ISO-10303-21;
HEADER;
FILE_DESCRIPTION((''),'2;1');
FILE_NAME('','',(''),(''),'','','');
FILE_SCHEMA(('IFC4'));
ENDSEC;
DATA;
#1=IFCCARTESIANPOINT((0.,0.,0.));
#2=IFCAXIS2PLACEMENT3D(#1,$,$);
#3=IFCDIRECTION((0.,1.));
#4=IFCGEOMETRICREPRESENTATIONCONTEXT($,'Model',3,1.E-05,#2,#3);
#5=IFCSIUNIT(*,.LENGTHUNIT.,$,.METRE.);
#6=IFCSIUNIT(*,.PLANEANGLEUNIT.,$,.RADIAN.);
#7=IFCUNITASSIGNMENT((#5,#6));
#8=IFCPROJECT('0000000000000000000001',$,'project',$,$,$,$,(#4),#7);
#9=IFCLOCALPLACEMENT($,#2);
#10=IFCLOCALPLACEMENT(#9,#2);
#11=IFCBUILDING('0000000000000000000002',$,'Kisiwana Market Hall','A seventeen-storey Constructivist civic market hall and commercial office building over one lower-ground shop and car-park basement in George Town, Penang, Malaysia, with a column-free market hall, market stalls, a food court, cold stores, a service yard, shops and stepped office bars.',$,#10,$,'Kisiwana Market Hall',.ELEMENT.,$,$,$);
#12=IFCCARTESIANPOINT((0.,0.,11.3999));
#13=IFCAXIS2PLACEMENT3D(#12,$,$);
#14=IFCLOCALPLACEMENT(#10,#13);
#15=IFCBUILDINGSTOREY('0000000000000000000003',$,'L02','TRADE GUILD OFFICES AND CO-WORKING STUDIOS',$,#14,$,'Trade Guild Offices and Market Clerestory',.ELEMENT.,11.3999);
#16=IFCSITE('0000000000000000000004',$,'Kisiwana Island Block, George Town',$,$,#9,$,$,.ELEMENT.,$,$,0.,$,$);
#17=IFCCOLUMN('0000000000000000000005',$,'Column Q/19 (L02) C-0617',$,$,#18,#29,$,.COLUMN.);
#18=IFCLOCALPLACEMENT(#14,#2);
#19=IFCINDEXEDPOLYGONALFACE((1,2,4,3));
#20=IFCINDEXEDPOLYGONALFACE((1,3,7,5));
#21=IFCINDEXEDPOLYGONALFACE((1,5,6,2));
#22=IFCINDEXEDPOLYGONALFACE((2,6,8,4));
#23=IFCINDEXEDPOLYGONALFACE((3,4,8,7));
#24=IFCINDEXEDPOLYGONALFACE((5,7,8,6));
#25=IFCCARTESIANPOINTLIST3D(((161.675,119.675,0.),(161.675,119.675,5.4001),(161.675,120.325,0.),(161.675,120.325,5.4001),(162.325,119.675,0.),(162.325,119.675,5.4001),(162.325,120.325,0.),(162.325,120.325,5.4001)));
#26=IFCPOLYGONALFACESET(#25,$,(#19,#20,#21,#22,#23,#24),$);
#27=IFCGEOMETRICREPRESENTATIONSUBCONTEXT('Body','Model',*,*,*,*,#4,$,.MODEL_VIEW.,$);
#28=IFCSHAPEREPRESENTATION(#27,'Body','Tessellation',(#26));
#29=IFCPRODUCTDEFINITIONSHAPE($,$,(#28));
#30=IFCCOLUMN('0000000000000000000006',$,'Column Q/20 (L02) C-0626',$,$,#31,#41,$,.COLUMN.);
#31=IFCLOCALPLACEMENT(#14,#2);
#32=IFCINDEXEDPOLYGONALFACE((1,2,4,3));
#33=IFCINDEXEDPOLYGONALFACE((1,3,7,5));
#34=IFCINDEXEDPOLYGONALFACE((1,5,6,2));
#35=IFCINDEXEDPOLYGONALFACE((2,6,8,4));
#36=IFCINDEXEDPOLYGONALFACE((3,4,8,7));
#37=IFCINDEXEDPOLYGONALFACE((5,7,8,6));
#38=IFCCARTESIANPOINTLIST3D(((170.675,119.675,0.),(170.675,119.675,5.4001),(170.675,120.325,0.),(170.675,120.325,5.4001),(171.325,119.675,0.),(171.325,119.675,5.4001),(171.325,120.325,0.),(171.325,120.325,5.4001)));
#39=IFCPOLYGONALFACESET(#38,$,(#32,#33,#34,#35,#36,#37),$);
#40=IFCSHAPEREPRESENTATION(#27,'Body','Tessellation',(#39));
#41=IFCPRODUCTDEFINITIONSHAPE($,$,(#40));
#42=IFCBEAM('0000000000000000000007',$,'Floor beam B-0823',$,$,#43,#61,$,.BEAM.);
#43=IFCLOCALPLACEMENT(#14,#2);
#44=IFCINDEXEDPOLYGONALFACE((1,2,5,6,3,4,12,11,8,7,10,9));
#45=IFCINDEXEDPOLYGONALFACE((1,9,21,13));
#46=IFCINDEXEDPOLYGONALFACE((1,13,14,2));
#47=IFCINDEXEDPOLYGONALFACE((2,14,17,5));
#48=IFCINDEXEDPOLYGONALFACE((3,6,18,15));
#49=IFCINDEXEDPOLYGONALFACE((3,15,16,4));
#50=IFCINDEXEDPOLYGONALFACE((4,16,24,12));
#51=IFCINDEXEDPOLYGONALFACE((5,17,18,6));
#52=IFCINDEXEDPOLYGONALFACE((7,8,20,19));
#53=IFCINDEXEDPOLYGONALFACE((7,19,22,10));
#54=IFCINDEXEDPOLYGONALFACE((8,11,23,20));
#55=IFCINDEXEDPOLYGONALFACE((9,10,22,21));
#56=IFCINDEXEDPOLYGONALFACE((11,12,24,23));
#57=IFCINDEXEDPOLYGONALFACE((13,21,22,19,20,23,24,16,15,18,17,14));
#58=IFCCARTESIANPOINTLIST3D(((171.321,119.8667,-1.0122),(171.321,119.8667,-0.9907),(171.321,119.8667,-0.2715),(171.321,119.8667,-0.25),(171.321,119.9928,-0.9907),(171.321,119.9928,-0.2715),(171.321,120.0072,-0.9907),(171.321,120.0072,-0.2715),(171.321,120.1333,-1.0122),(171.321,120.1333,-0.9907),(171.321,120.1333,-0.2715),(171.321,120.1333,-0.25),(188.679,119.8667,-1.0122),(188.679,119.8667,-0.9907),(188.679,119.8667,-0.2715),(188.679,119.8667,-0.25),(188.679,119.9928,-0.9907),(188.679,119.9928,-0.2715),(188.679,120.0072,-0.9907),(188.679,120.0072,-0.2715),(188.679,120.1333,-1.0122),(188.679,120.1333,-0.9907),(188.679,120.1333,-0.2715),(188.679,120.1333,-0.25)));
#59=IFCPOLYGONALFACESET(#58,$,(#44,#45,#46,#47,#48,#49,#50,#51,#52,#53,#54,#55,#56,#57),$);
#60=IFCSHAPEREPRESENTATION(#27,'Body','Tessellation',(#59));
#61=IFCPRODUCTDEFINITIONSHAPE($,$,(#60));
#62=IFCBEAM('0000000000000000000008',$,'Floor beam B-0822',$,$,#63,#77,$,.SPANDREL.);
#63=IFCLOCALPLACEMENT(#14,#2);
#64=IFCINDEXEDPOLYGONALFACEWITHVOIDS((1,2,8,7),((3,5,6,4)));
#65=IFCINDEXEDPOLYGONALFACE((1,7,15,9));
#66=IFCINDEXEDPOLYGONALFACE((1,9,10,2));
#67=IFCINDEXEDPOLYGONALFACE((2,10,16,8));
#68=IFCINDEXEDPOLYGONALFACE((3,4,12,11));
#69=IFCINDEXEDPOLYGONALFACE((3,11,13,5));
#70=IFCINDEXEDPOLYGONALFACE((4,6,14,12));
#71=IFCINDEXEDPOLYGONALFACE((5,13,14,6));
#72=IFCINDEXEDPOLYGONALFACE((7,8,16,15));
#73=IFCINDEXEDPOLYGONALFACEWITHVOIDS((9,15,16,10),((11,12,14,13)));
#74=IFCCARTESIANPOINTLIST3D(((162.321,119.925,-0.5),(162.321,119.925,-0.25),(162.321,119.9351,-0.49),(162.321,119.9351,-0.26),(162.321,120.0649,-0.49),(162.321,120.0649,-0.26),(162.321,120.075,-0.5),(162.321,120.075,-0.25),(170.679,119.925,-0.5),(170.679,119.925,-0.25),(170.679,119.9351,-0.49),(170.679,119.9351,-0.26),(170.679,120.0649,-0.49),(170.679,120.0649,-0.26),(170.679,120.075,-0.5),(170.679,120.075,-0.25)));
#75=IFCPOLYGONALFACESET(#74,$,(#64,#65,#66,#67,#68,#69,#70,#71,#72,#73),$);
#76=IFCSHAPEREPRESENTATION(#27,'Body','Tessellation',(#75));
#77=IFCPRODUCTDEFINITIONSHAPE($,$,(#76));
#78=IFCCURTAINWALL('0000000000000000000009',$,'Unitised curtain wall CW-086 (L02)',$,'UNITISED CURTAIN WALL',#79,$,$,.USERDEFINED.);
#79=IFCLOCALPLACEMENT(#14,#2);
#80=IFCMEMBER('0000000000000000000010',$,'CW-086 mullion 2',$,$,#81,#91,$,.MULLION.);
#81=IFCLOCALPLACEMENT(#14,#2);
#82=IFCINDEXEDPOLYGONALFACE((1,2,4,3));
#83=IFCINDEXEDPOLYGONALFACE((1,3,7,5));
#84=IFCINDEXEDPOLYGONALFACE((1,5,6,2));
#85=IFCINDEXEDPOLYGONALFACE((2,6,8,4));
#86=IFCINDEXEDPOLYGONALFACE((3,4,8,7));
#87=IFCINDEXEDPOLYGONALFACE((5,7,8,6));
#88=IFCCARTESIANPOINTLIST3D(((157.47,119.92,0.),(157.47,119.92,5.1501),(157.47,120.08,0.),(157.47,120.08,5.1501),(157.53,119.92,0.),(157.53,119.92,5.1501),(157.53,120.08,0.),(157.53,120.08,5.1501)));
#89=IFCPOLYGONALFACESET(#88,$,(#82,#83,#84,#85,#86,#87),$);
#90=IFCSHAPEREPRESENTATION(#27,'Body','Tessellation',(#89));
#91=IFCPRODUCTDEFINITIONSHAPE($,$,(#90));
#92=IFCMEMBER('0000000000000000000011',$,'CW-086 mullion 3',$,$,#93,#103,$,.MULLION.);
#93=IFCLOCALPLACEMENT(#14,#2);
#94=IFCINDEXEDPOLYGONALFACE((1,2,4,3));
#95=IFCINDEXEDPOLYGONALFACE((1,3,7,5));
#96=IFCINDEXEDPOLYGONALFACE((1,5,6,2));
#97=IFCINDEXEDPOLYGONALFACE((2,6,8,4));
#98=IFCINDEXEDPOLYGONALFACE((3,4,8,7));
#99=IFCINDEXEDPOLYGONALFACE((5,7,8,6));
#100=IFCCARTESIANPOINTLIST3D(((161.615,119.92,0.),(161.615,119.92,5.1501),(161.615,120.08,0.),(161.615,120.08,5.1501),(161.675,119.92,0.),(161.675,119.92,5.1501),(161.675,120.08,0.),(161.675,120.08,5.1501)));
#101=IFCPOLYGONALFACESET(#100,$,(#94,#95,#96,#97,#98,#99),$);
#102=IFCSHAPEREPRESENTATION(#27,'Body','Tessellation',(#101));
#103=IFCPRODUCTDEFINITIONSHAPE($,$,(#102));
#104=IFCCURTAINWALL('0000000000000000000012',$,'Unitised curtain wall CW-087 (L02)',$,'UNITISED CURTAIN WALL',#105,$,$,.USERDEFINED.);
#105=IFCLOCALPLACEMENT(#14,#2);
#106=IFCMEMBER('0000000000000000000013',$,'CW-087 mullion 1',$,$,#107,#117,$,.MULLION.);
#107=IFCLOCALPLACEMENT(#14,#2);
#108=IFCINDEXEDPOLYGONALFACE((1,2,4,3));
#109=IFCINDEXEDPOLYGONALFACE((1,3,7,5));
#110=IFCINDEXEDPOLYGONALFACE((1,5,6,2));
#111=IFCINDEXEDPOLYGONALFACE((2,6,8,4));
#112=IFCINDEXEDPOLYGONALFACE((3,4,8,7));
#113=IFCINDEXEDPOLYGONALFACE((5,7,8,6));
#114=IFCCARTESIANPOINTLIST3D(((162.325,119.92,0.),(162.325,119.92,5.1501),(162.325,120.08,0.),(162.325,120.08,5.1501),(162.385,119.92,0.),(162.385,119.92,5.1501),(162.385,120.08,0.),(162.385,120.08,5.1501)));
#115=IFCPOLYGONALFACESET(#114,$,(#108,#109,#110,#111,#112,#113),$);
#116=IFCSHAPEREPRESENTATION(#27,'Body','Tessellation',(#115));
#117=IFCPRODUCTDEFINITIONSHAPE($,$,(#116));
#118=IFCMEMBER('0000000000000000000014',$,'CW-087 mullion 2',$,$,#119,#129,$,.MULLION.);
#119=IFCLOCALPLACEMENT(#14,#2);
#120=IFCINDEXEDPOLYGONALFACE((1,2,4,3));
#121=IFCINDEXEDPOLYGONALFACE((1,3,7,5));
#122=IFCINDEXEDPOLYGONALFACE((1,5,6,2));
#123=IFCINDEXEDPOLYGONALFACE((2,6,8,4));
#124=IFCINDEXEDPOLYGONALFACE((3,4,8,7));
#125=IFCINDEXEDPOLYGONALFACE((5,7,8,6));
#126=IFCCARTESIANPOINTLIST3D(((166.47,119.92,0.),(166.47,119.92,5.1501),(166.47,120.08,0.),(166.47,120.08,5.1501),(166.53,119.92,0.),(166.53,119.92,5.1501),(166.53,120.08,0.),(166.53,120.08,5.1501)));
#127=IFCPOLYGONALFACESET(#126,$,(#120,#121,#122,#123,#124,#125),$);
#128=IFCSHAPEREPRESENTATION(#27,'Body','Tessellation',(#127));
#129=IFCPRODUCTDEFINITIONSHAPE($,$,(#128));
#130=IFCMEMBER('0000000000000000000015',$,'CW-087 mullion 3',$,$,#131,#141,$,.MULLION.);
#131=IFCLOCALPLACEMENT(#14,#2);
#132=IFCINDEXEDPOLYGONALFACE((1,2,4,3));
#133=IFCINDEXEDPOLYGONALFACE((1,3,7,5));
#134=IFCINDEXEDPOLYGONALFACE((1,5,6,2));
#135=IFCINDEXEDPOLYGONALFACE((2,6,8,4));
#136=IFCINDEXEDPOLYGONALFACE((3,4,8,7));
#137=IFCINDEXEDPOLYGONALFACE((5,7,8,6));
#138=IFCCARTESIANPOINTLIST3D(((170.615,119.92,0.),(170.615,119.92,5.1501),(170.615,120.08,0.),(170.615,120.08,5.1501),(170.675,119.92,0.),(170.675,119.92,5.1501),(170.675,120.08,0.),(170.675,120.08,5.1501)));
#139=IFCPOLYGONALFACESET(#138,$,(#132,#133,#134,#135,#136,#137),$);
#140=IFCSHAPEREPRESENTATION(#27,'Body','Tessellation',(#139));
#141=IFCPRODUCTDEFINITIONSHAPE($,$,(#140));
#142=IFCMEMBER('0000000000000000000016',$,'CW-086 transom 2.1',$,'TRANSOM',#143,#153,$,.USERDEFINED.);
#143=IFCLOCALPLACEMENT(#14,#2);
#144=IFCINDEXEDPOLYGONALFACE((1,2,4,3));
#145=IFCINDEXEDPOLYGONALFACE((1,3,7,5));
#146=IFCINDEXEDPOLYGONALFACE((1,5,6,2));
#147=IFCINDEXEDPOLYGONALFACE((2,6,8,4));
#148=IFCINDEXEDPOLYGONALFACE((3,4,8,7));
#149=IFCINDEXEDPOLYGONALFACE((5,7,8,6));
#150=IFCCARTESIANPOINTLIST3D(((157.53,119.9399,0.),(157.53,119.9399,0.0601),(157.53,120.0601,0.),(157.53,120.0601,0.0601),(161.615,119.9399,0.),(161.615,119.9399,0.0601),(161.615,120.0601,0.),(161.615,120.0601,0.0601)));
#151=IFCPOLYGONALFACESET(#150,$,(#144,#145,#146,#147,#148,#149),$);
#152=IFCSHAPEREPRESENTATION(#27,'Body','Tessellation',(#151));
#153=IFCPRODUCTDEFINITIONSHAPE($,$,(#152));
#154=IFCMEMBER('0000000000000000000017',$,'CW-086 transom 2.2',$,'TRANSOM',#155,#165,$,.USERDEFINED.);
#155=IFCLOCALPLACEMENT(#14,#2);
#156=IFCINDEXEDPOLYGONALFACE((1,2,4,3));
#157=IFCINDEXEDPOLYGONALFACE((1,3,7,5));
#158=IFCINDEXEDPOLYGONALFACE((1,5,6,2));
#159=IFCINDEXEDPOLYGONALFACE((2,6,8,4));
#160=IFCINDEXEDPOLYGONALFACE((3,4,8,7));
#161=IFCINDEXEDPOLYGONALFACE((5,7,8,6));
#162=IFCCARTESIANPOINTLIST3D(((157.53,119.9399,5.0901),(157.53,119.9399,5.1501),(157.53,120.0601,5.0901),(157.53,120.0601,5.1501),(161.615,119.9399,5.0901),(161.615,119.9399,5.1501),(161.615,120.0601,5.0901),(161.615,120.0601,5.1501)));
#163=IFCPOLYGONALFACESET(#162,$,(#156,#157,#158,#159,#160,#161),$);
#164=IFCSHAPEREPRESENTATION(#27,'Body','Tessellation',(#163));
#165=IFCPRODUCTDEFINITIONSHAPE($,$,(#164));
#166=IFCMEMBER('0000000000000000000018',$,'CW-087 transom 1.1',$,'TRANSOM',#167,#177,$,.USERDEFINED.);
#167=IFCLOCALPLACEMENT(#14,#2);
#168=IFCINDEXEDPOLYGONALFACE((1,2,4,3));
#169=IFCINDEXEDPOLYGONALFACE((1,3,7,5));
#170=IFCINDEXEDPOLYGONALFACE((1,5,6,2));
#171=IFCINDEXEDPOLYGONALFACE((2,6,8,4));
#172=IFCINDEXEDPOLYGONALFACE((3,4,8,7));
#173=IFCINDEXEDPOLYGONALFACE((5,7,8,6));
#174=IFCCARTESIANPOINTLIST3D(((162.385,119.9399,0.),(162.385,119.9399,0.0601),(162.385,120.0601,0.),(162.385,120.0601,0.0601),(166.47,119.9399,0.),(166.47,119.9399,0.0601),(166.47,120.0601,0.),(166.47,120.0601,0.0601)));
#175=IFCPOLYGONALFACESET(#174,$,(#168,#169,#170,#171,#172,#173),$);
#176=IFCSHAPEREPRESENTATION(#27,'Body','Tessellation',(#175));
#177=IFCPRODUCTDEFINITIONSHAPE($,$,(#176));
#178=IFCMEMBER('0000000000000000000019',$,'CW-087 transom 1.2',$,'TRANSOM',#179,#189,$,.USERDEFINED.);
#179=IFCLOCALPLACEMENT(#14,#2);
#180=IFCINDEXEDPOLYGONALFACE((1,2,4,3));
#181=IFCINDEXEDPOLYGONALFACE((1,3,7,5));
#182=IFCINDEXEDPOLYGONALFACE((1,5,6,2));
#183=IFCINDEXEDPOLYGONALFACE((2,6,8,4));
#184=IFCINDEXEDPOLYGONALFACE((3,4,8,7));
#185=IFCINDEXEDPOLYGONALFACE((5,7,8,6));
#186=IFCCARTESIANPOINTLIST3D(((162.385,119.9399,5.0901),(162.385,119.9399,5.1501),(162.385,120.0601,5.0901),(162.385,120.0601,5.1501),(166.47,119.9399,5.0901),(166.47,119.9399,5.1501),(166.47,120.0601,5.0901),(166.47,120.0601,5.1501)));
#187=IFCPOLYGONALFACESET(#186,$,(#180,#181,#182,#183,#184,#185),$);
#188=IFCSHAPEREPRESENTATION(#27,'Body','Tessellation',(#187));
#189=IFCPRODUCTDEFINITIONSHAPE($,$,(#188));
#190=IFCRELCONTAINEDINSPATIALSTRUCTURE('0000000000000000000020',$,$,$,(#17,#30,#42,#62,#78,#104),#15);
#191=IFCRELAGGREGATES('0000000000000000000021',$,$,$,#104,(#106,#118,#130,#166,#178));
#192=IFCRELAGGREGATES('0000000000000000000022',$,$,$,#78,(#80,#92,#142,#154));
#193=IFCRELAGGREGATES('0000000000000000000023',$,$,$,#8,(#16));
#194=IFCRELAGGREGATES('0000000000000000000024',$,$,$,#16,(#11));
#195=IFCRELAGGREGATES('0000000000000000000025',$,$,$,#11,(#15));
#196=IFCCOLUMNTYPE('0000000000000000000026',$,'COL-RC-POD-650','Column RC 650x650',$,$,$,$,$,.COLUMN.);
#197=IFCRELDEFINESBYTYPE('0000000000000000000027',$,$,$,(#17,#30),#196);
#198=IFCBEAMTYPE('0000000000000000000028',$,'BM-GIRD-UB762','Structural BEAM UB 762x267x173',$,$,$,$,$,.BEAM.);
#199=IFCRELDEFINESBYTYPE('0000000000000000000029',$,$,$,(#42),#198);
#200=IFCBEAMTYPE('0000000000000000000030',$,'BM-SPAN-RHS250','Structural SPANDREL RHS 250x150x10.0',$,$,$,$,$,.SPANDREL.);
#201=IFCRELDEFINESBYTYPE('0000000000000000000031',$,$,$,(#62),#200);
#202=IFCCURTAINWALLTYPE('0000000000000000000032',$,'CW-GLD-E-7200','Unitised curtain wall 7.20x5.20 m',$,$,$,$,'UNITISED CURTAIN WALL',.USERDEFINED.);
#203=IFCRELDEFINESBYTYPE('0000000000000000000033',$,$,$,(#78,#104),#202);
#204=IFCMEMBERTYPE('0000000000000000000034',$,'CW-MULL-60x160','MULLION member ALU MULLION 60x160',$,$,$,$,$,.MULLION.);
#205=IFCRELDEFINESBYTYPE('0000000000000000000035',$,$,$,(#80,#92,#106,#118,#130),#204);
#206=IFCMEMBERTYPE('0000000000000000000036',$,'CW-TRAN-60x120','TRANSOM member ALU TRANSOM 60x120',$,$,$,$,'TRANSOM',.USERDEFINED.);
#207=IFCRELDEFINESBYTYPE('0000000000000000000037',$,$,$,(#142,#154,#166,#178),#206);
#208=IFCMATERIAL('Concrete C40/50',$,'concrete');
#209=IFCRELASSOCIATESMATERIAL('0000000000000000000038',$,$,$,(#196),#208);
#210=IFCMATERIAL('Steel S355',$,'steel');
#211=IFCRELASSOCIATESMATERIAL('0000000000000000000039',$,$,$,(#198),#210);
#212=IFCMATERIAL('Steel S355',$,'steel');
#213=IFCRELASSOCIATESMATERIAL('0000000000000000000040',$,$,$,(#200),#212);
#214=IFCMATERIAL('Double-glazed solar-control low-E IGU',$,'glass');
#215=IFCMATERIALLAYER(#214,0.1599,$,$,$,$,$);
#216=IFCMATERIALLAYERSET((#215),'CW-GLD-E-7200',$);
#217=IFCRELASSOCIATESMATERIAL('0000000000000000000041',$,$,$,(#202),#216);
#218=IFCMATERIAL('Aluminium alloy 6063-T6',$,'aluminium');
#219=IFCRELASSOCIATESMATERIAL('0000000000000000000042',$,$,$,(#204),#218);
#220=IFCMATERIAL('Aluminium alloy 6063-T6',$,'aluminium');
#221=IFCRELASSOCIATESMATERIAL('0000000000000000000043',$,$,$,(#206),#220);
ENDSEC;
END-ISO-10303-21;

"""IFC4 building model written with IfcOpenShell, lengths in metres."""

from ifc_helpers import new_model, si_unit, direction, frame, origin, origin_2d, place, context, subcontext, project, spatial, rectangle, hollow_rectangle, i_section, extrude, material, layer, layer_set, material_profile, profile_set, type_object, element, aggregate, save


model = new_model("IFC4")

# Units and contexts
model_context = context("Model", 3, precision=1e-05, world=origin(), true_north=direction((0.0, 1.0)))
body_context = subcontext(model_context, "Body", "Model", "MODEL_VIEW")
ifc_project = project(units=[si_unit("LENGTHUNIT", "METRE"), si_unit("PLANEANGLEUNIT", "RADIAN")], contexts=[model_context])

# Site, building, storey
site_placement = place(None, origin())
site = spatial("IfcSite", under=ifc_project, at=site_placement, Name="Kisiwana Island Block, George Town", CompositionType="ELEMENT", RefElevation=0.0)
building_placement = place(site_placement, origin())
building = spatial("IfcBuilding", under=site, at=building_placement, Name="Kisiwana Market Hall", Description="A seventeen-storey Constructivist civic market hall and commercial office building over one lower-ground shop and car-park basement in George Town, Penang, Malaysia, with a column-free market hall, market stalls, a food court, cold stores, a service yard, shops and stepped office bars.", LongName="Kisiwana Market Hall", CompositionType="ELEMENT")
storey_placement = place(building_placement, frame((0.0, 0.0, 11.3999)))
storey = spatial("IfcBuildingStorey", under=building, at=storey_placement, Name="L02", Description="TRADE GUILD OFFICES AND CO-WORKING STUDIOS", LongName="Trade Guild Offices and Market Clerestory", CompositionType="ELEMENT", Elevation=11.3999)

# Columns
ifc_material_1 = material(Name="Concrete C40/50", Category="concrete")
ifc_material_profile_1 = material_profile(ifc_material_1, rectangle(XDim=0.6499, YDim=0.6499, at=origin_2d()), Name="RC 650x650")
ifc_profile_set_1 = profile_set([ifc_material_profile_1], Name="Concrete C40/50")
column_type = type_object("IfcColumnType", Name="COL-RC-POD-650", Description="Column RC 650x650", PredefinedType="COLUMN", material=ifc_profile_set_1)
for number, where, z_axis, x_axis, name in (
    (1, (162.0, 120.0, 0.0), (0.0, 0.0, 1.0), (1.0, 0.0, 0.0), "Column Q/19 (L02) C-0617"),
    (2, (171.0, 120.0, 0.0), (0.0, 0.0, 1.0), (1.0, 0.0, 0.0), "Column Q/20 (L02) C-0626"),
):
    element("IfcColumn", number, at=place(storey_placement, frame(where, z_axis=z_axis, x_axis=x_axis)), inside=storey, type_object=column_type, Name=name, PredefinedType="COLUMN", context=body_context, shape_type="SweptSolid", body=[
        extrude(rectangle(XDim=0.6499, YDim=0.6499, at=origin_2d()), origin(), (0.0, 0.0, 1.0), 5.4001),
    ])

# Beams
ifc_material_2 = material(Name="Steel S355", Category="steel")
ifc_material_profile_2 = material_profile(ifc_material_2, i_section(OverallWidth=0.2666, OverallDepth=0.7622, WebThickness=0.0144, FlangeThickness=0.0215, at=origin_2d()), Name="UB 762x267x173")
ifc_profile_set_2 = profile_set([ifc_material_profile_2], Name="Steel S355")
beam_type_1 = type_object("IfcBeamType", Name="BM-GIRD-UB762", Description="Structural BEAM UB 762x267x173", PredefinedType="BEAM", material=ifc_profile_set_2)
beam_1_placement = place(storey_placement, frame((171.321, 120.0, -0.6311), z_axis=(1.0, 0.0, 0.0), x_axis=(0.0, 1.0, 0.0)))
element("IfcBeam", 3, at=beam_1_placement, inside=storey, type_object=beam_type_1, Name="Floor beam B-0823", PredefinedType="BEAM", context=body_context, shape_type="SweptSolid", body=[
    extrude(i_section(OverallWidth=0.2666, OverallDepth=0.7622, WebThickness=0.0144, FlangeThickness=0.0215, at=origin_2d()), origin(), (0.0, 0.0, 1.0), 17.3579),
])
ifc_material_3 = material(Name="Steel S355", Category="steel")
ifc_material_profile_3 = material_profile(ifc_material_3, hollow_rectangle(XDim=0.1499, YDim=0.25, WallThickness=0.01, at=origin_2d()), Name="RHS 250x150x10.0")
ifc_profile_set_3 = profile_set([ifc_material_profile_3], Name="Steel S355")
beam_type_2 = type_object("IfcBeamType", Name="BM-SPAN-RHS250", Description="Structural SPANDREL RHS 250x150x10.0", PredefinedType="SPANDREL", material=ifc_profile_set_3)
beam_2_placement = place(storey_placement, frame((162.321, 120.0, -0.375), z_axis=(1.0, 0.0, 0.0), x_axis=(0.0, 1.0, 0.0)))
element("IfcBeam", 4, at=beam_2_placement, inside=storey, type_object=beam_type_2, Name="Floor beam B-0822", PredefinedType="SPANDREL", context=body_context, shape_type="SweptSolid", body=[
    extrude(hollow_rectangle(XDim=0.1499, YDim=0.25, WallThickness=0.01, at=origin_2d()), origin(), (0.0, 0.0, 1.0), 8.3579),
])

# Curtain walls, members
ifc_material_4 = material(Name="Double-glazed solar-control low-E IGU", Category="glass")
ifc_layer_1 = layer(ifc_material_4, 0.1599)
ifc_layer_set_1 = layer_set([ifc_layer_1], Name="CW-GLD-E-7200")
curtain_wall_type = type_object("IfcCurtainWallType", Name="CW-GLD-E-7200", Description="Unitised curtain wall 7.20x5.20 m", ElementType="UNITISED CURTAIN WALL", PredefinedType="USERDEFINED", material=ifc_layer_set_1)
curtain_wall_1_placement = place(storey_placement, origin())
curtain_wall_1 = element("IfcCurtainWall", 5, at=curtain_wall_1_placement, inside=storey, type_object=curtain_wall_type, Name="Unitised curtain wall CW-086 (L02)", ObjectType="UNITISED CURTAIN WALL", PredefinedType="USERDEFINED")
ifc_material_5 = material(Name="Aluminium alloy 6063-T6", Category="aluminium")
ifc_material_profile_4 = material_profile(ifc_material_5, rectangle(XDim=0.0601, YDim=0.1599, at=origin_2d()), Name="ALU MULLION 60x160")
ifc_profile_set_4 = profile_set([ifc_material_profile_4], Name="Aluminium alloy 6063-T6")
member_type_1 = type_object("IfcMemberType", Name="CW-MULL-60x160", Description="MULLION member ALU MULLION 60x160", PredefinedType="MULLION", material=ifc_profile_set_4)
member_1_placement = place(storey_placement, frame((157.5, 120.0, 0.0), z_axis=(0.0, 0.0, 1.0), x_axis=(1.0, 0.0, 0.0)))
member_1 = element("IfcMember", 6, at=member_1_placement, type_object=member_type_1, Name="CW-086 mullion 2", PredefinedType="MULLION", context=body_context, shape_type="SweptSolid", body=[
    extrude(rectangle(XDim=0.0601, YDim=0.1599, at=origin_2d()), origin(), (0.0, 0.0, 1.0), 5.1501),
])
member_2_placement = place(storey_placement, frame((161.645, 120.0, 0.0), z_axis=(0.0, 0.0, 1.0), x_axis=(1.0, 0.0, 0.0)))
member_2 = element("IfcMember", 7, at=member_2_placement, type_object=member_type_1, Name="CW-086 mullion 3", PredefinedType="MULLION", context=body_context, shape_type="SweptSolid", body=[
    extrude(rectangle(XDim=0.0601, YDim=0.1599, at=origin_2d()), origin(), (0.0, 0.0, 1.0), 5.1501),
])
curtain_wall_2_placement = place(storey_placement, origin())
curtain_wall_2 = element("IfcCurtainWall", 8, at=curtain_wall_2_placement, inside=storey, type_object=curtain_wall_type, Name="Unitised curtain wall CW-087 (L02)", ObjectType="UNITISED CURTAIN WALL", PredefinedType="USERDEFINED")
member_3_placement = place(storey_placement, frame((162.355, 120.0, 0.0), z_axis=(0.0, 0.0, 1.0), x_axis=(1.0, 0.0, 0.0)))
member_3 = element("IfcMember", 9, at=member_3_placement, type_object=member_type_1, Name="CW-087 mullion 1", PredefinedType="MULLION", context=body_context, shape_type="SweptSolid", body=[
    extrude(rectangle(XDim=0.0601, YDim=0.1599, at=origin_2d()), origin(), (0.0, 0.0, 1.0), 5.1501),
])
member_4_placement = place(storey_placement, frame((166.5, 120.0, 0.0), z_axis=(0.0, 0.0, 1.0), x_axis=(1.0, 0.0, 0.0)))
member_4 = element("IfcMember", 10, at=member_4_placement, type_object=member_type_1, Name="CW-087 mullion 2", PredefinedType="MULLION", context=body_context, shape_type="SweptSolid", body=[
    extrude(rectangle(XDim=0.0601, YDim=0.1599, at=origin_2d()), origin(), (0.0, 0.0, 1.0), 5.1501),
])
member_5_placement = place(storey_placement, frame((170.645, 120.0, 0.0), z_axis=(0.0, 0.0, 1.0), x_axis=(1.0, 0.0, 0.0)))
member_5 = element("IfcMember", 11, at=member_5_placement, type_object=member_type_1, Name="CW-087 mullion 3", PredefinedType="MULLION", context=body_context, shape_type="SweptSolid", body=[
    extrude(rectangle(XDim=0.0601, YDim=0.1599, at=origin_2d()), origin(), (0.0, 0.0, 1.0), 5.1501),
])

# Members
ifc_material_6 = material(Name="Aluminium alloy 6063-T6", Category="aluminium")
ifc_material_profile_5 = material_profile(ifc_material_6, rectangle(XDim=0.1201, YDim=0.0601, at=origin_2d()), Name="ALU TRANSOM 60x120")
ifc_profile_set_5 = profile_set([ifc_material_profile_5], Name="Aluminium alloy 6063-T6")
member_type_2 = type_object("IfcMemberType", Name="CW-TRAN-60x120", Description="TRANSOM member ALU TRANSOM 60x120", ElementType="TRANSOM", PredefinedType="USERDEFINED", material=ifc_profile_set_5)
member_6_placement = place(storey_placement, frame((157.53, 120.0, 0.03), z_axis=(1.0, 0.0, 0.0), x_axis=(0.0, 1.0, 0.0)))
member_6 = element("IfcMember", 12, at=member_6_placement, type_object=member_type_2, Name="CW-086 transom 2.1", ObjectType="TRANSOM", PredefinedType="USERDEFINED", context=body_context, shape_type="SweptSolid", body=[
    extrude(rectangle(XDim=0.1201, YDim=0.0601, at=origin_2d()), origin(), (0.0, 0.0, 1.0), 4.085),
])
member_7_placement = place(storey_placement, frame((157.53, 120.0, 5.1201), z_axis=(1.0, 0.0, 0.0), x_axis=(0.0, 1.0, 0.0)))
member_7 = element("IfcMember", 13, at=member_7_placement, type_object=member_type_2, Name="CW-086 transom 2.2", ObjectType="TRANSOM", PredefinedType="USERDEFINED", context=body_context, shape_type="SweptSolid", body=[
    extrude(rectangle(XDim=0.1201, YDim=0.0601, at=origin_2d()), origin(), (0.0, 0.0, 1.0), 4.085),
])
member_8_placement = place(storey_placement, frame((162.385, 120.0, 0.03), z_axis=(1.0, 0.0, 0.0), x_axis=(0.0, 1.0, 0.0)))
member_8 = element("IfcMember", 14, at=member_8_placement, type_object=member_type_2, Name="CW-087 transom 1.1", ObjectType="TRANSOM", PredefinedType="USERDEFINED", context=body_context, shape_type="SweptSolid", body=[
    extrude(rectangle(XDim=0.1201, YDim=0.0601, at=origin_2d()), origin(), (0.0, 0.0, 1.0), 4.085),
])
member_9_placement = place(storey_placement, frame((162.385, 120.0, 5.1201), z_axis=(1.0, 0.0, 0.0), x_axis=(0.0, 1.0, 0.0)))
member_9 = element("IfcMember", 15, at=member_9_placement, type_object=member_type_2, Name="CW-087 transom 1.2", ObjectType="TRANSOM", PredefinedType="USERDEFINED", context=body_context, shape_type="SweptSolid", body=[
    extrude(rectangle(XDim=0.1201, YDim=0.0601, at=origin_2d()), origin(), (0.0, 0.0, 1.0), 4.085),
])

aggregate(curtain_wall_2, [member_3, member_4, member_5, member_8, member_9])
aggregate(curtain_wall_1, [member_1, member_2, member_6, member_7])

save(model, "model.ifc")
